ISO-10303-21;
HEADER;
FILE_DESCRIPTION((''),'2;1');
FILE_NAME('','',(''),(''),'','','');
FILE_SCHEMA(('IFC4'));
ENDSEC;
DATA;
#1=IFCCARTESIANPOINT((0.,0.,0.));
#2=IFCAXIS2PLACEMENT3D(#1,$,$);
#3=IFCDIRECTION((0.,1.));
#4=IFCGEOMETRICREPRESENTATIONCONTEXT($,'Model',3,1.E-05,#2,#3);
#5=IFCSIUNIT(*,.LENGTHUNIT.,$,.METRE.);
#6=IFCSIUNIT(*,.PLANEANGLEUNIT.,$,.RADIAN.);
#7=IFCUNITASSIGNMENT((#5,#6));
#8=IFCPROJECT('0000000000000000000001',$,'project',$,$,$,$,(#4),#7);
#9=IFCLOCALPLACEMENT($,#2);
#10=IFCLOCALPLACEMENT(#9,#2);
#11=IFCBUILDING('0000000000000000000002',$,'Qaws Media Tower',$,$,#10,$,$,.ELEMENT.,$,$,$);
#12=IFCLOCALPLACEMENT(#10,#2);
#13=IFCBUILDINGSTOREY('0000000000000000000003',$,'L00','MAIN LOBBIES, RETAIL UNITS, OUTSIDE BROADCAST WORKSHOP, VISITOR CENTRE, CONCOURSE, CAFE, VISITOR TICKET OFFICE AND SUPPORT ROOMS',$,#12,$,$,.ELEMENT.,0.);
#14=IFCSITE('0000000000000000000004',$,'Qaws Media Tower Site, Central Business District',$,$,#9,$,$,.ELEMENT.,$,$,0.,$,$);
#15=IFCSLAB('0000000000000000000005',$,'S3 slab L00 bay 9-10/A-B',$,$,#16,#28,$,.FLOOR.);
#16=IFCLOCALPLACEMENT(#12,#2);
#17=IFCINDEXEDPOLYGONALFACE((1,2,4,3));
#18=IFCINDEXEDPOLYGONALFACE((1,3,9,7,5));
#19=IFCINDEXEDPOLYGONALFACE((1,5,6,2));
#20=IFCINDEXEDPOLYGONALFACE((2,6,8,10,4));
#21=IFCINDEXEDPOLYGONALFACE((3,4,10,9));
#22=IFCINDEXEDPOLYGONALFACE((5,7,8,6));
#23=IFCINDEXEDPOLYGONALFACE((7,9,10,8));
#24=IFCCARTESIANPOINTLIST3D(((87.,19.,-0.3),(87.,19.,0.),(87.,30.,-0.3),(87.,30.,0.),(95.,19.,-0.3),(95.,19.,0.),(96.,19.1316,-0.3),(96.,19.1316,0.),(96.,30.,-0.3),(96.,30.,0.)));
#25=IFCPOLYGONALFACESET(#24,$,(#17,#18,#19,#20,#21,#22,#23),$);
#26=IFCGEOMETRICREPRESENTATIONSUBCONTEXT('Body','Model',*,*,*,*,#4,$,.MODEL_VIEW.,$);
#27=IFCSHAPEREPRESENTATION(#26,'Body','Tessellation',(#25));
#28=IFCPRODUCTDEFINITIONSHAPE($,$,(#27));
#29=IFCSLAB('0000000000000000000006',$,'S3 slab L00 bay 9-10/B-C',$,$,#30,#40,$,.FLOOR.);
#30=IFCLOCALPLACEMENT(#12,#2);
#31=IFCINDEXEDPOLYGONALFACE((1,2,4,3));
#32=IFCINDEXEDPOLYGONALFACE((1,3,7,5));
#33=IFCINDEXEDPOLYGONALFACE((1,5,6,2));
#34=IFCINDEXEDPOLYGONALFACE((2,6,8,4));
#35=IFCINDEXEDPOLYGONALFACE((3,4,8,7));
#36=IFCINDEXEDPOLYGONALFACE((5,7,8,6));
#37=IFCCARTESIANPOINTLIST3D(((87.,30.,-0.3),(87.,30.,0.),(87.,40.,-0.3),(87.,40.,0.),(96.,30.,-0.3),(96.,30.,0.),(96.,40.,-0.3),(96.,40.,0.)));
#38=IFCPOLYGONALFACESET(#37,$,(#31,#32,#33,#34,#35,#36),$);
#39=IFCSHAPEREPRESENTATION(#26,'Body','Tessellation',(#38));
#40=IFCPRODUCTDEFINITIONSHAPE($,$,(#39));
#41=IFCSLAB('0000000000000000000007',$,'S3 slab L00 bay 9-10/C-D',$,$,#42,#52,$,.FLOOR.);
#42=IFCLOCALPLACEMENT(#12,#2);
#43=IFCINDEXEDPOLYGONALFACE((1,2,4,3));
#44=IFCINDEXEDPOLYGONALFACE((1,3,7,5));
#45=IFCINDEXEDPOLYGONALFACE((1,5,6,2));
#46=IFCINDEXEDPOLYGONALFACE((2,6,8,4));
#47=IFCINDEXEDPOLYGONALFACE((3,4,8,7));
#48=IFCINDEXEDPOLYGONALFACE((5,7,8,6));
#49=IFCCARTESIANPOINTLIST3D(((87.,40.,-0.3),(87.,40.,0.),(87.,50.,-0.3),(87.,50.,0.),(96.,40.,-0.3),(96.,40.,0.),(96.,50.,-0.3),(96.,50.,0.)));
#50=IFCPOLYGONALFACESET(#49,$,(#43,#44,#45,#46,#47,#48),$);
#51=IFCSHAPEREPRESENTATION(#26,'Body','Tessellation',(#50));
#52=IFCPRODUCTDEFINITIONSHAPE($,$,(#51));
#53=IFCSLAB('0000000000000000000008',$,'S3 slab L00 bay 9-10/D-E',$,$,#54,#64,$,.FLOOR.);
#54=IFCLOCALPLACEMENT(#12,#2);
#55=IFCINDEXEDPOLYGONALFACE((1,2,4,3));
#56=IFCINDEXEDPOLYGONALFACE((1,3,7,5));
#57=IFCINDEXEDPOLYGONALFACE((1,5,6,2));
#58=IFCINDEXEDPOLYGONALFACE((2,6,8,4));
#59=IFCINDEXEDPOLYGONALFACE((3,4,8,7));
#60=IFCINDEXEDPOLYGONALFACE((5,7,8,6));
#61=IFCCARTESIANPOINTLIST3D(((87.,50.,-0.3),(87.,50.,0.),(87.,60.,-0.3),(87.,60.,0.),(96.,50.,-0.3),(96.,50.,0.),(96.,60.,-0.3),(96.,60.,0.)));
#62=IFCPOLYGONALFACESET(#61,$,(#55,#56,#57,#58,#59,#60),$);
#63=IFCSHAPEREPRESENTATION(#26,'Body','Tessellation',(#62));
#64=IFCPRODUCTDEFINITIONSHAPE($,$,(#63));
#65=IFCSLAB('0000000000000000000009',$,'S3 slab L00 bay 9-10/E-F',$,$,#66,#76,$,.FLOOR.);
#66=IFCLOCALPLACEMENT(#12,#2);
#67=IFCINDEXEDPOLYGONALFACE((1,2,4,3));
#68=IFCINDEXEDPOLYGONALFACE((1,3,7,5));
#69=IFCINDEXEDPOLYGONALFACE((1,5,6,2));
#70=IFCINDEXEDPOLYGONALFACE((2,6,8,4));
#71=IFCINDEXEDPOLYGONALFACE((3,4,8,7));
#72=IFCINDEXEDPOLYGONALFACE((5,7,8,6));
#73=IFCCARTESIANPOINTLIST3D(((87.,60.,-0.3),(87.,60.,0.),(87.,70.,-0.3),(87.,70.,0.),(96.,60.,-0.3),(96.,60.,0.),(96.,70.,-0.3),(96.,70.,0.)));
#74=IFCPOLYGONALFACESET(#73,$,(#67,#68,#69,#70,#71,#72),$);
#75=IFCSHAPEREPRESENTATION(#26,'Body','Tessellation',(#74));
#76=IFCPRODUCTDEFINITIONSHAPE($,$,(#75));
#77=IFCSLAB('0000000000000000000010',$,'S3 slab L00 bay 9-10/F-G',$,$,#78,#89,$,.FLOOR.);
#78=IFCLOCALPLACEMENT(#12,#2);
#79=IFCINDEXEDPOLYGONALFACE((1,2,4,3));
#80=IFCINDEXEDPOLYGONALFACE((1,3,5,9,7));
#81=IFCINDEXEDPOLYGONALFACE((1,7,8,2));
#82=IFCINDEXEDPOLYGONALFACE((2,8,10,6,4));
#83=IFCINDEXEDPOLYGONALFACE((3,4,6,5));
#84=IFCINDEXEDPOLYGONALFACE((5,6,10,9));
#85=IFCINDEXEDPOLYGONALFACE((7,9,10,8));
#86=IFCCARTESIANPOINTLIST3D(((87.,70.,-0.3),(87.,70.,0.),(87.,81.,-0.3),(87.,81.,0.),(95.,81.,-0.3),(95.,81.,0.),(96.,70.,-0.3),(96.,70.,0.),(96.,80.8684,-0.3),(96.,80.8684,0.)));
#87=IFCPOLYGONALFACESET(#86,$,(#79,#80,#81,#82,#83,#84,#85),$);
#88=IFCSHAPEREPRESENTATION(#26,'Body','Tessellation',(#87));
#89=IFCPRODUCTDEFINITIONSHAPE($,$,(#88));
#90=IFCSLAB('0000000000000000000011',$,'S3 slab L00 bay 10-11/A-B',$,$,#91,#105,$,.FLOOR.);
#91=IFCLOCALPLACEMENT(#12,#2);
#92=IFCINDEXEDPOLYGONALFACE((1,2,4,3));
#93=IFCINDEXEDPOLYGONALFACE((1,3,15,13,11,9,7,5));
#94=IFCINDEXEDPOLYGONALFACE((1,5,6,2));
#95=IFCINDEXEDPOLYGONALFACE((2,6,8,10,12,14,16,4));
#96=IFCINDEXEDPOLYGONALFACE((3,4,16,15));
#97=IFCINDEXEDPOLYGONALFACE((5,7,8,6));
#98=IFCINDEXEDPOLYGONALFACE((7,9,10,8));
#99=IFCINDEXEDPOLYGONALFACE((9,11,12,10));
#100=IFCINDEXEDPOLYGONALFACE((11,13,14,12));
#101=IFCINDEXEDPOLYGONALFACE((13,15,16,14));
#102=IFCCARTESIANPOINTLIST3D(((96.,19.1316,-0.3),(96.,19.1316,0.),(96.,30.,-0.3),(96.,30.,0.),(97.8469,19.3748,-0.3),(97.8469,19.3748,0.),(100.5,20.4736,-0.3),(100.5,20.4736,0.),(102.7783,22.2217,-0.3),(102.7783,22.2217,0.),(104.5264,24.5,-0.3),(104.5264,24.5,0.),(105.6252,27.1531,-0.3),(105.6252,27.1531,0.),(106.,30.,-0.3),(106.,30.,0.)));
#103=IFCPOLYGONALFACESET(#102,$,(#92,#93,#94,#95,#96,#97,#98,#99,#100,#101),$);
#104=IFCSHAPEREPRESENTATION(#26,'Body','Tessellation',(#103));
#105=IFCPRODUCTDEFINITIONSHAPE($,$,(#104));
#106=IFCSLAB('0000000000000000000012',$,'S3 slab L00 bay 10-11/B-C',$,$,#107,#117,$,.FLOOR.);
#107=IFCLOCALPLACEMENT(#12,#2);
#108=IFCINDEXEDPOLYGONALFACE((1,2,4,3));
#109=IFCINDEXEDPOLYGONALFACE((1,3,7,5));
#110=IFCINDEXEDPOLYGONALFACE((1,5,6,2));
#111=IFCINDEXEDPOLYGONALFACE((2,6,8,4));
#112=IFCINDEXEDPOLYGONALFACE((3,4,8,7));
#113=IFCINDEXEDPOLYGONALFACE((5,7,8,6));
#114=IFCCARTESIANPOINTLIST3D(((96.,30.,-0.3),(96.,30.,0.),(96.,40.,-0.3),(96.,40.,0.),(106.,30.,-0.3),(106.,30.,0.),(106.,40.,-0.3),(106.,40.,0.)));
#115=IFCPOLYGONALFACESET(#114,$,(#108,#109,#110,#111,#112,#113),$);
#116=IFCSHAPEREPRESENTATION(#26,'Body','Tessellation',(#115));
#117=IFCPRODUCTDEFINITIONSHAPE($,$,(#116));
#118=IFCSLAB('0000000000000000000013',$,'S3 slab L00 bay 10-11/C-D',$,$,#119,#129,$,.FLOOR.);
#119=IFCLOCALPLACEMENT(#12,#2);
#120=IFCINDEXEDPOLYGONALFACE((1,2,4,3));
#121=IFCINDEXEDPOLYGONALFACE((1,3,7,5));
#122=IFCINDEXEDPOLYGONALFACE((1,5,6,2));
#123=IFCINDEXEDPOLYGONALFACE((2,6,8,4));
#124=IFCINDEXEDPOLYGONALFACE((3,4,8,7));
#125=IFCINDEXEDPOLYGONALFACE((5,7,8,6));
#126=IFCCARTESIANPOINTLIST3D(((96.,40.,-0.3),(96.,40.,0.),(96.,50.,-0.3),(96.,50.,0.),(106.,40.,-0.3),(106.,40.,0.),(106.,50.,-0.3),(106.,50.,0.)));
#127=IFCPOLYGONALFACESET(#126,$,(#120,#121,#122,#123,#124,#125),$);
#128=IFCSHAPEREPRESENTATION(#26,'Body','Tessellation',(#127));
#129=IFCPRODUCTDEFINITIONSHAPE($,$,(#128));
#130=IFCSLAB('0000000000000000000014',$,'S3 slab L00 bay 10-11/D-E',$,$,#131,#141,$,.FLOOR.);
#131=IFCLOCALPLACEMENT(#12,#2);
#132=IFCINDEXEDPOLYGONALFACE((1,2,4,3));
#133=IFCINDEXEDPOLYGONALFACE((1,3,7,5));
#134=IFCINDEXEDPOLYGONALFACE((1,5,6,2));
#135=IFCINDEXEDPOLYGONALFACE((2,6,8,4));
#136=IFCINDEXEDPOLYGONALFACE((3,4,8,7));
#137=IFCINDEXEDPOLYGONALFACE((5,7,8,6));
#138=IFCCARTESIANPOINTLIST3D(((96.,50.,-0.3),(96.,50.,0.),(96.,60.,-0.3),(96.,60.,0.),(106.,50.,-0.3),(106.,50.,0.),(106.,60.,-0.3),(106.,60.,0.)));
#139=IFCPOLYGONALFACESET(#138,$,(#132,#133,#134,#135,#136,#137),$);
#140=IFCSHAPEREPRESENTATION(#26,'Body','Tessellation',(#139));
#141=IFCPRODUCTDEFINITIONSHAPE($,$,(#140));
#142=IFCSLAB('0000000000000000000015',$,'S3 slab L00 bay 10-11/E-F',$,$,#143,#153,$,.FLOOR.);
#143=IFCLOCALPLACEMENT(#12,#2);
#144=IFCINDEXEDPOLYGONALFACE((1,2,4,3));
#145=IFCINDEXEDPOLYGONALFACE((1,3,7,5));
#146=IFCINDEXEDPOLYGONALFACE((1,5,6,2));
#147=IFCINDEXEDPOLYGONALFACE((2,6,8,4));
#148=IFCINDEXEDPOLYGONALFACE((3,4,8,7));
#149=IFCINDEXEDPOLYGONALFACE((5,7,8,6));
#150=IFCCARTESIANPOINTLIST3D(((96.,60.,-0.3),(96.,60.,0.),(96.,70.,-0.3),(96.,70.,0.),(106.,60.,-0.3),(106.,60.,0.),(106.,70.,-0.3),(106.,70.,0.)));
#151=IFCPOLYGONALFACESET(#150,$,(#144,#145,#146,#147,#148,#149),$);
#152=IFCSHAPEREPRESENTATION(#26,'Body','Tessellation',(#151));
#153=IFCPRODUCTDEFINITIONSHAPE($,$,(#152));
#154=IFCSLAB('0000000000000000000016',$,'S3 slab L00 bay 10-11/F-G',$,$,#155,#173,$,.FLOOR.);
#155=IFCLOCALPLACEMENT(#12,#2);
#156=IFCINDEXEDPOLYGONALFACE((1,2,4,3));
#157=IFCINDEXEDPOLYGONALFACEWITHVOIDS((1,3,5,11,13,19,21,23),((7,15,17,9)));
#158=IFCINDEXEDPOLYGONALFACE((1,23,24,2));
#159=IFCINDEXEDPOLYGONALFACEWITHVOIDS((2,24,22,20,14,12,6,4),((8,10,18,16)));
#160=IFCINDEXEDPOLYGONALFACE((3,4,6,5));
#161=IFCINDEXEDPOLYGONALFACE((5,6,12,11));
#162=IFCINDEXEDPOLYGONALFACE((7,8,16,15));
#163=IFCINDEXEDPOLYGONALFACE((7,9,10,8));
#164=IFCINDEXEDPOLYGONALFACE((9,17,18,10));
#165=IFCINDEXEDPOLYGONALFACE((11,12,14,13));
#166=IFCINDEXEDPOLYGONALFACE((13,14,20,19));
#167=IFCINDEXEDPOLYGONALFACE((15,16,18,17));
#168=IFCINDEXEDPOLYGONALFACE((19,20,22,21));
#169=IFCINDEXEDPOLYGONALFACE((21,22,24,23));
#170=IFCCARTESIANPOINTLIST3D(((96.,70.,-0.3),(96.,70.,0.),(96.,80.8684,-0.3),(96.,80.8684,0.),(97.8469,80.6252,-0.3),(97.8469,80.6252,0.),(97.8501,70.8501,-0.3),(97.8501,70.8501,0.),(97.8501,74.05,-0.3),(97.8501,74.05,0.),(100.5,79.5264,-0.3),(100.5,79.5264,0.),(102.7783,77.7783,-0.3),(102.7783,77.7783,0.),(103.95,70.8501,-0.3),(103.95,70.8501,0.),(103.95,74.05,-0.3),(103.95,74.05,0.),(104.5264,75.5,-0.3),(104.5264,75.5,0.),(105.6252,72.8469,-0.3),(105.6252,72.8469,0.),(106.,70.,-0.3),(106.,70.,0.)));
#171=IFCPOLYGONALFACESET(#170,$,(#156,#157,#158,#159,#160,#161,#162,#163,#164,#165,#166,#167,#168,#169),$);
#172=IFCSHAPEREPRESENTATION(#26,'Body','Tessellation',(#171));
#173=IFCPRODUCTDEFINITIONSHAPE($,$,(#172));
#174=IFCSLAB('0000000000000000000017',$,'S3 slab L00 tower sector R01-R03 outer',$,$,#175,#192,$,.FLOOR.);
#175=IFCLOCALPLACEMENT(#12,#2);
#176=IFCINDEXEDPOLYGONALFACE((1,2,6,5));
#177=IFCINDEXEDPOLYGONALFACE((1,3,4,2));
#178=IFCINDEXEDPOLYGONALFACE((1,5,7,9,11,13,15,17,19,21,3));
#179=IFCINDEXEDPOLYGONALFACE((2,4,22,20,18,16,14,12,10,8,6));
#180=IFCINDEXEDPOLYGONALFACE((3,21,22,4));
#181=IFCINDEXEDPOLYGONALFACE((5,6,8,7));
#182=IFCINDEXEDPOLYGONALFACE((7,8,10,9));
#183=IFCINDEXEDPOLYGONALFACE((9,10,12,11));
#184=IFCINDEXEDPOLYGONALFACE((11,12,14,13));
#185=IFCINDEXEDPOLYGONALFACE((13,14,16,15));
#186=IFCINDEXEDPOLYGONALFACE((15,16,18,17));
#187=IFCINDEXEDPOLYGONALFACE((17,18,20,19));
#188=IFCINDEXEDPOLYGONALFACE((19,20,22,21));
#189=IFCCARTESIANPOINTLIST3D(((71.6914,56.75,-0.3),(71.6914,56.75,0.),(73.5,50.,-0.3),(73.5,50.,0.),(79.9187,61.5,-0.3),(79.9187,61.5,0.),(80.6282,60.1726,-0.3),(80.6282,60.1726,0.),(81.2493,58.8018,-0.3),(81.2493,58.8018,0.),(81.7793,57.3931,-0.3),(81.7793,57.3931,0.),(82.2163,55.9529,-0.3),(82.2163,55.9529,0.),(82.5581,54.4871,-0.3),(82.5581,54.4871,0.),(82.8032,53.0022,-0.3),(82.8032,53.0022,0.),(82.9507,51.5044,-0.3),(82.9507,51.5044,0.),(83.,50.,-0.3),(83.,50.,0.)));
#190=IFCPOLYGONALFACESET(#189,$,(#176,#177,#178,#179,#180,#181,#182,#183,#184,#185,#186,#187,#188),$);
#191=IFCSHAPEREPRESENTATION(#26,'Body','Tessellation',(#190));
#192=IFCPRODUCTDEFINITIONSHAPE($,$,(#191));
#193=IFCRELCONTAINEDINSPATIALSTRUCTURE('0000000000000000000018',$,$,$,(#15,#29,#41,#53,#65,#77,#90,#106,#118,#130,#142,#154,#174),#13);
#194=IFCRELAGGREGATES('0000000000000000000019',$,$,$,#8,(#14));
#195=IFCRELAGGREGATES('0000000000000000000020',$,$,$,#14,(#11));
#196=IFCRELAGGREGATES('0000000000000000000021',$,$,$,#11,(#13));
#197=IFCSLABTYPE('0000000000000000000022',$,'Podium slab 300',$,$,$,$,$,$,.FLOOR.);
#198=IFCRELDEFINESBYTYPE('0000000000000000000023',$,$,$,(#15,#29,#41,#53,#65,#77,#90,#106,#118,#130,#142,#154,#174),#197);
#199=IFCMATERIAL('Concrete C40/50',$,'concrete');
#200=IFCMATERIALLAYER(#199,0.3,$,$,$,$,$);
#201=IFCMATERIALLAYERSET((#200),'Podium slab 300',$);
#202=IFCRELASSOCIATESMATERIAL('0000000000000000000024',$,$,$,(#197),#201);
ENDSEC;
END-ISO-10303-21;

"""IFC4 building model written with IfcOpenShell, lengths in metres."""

from ifc_helpers import new_model, si_unit, direction, frame, origin, place, context, subcontext, project, spatial, polyline, outline, extrude, material, layer, layer_set, type_object, element, save


model = new_model("IFC4")

# Units and contexts
model_context = context("Model", 3, precision=1e-05, world=origin(), true_north=direction((0.0, 1.0)))
body_context = subcontext(model_context, "Body", "Model", "MODEL_VIEW")
ifc_project = project(units=[si_unit("LENGTHUNIT", "METRE"), si_unit("PLANEANGLEUNIT", "RADIAN")], contexts=[model_context])

# Site, building, storey
site_placement = place(None, origin())
site = spatial("IfcSite", under=ifc_project, at=site_placement, Name="Qaws Media Tower Site, Central Business District", CompositionType="ELEMENT", RefElevation=0.0)
building_placement = place(site_placement, origin())
building = spatial("IfcBuilding", under=site, at=building_placement, Name="Qaws Media Tower", CompositionType="ELEMENT")
storey_placement = place(building_placement, origin())
storey = spatial("IfcBuildingStorey", under=building, at=storey_placement, Name="L00", Description="MAIN LOBBIES, RETAIL UNITS, OUTSIDE BROADCAST WORKSHOP, VISITOR CENTRE, CONCOURSE, CAFE, VISITOR TICKET OFFICE AND SUPPORT ROOMS", CompositionType="ELEMENT", Elevation=0.0)

# Slabs
ifc_material = material(Name="Concrete C40/50", Category="concrete")
ifc_layer = layer(ifc_material, 0.3)
ifc_layer_set = layer_set([ifc_layer], Name="Podium slab 300")
slab_type = type_object("IfcSlabType", Name="Podium slab 300", PredefinedType="FLOOR", material=ifc_layer_set)
slab_1_placement = place(storey_placement, frame((0.0, 0.0, -0.3)))
element("IfcSlab", 1, at=slab_1_placement, inside=storey, type_object=slab_type, Name="S3 slab L00 bay 9-10/A-B", PredefinedType="FLOOR", context=body_context, shape_type="SweptSolid", body=[
    extrude(outline(polyline([(95.0, 19.0), (87.0, 19.0), (87.0, 30.0), (96.0, 30.0), (96.0, 19.1316), (95.0, 19.0)])), origin(), (0.0, 0.0, 1.0), 0.3),
])
slab_2_placement = place(storey_placement, frame((0.0, 0.0, -0.3)))
element("IfcSlab", 2, at=slab_2_placement, inside=storey, type_object=slab_type, Name="S3 slab L00 bay 9-10/B-C", PredefinedType="FLOOR", context=body_context, shape_type="SweptSolid", body=[
    extrude(outline(polyline([(87.0, 30.0), (87.0, 40.0), (96.0, 40.0), (96.0, 30.0), (87.0, 30.0)])), origin(), (0.0, 0.0, 1.0), 0.3),
])
slab_3_placement = place(storey_placement, frame((0.0, 0.0, -0.3)))
element("IfcSlab", 3, at=slab_3_placement, inside=storey, type_object=slab_type, Name="S3 slab L00 bay 9-10/C-D", PredefinedType="FLOOR", context=body_context, shape_type="SweptSolid", body=[
    extrude(outline(polyline([(87.0, 40.0), (87.0, 50.0), (96.0, 50.0), (96.0, 40.0), (87.0, 40.0)])), origin(), (0.0, 0.0, 1.0), 0.3),
])
slab_4_placement = place(storey_placement, frame((0.0, 0.0, -0.3)))
element("IfcSlab", 4, at=slab_4_placement, inside=storey, type_object=slab_type, Name="S3 slab L00 bay 9-10/D-E", PredefinedType="FLOOR", context=body_context, shape_type="SweptSolid", body=[
    extrude(outline(polyline([(87.0, 50.0), (87.0, 60.0), (96.0, 60.0), (96.0, 50.0), (87.0, 50.0)])), origin(), (0.0, 0.0, 1.0), 0.3),
])
slab_5_placement = place(storey_placement, frame((0.0, 0.0, -0.3)))
element("IfcSlab", 5, at=slab_5_placement, inside=storey, type_object=slab_type, Name="S3 slab L00 bay 9-10/E-F", PredefinedType="FLOOR", context=body_context, shape_type="SweptSolid", body=[
    extrude(outline(polyline([(87.0, 60.0), (87.0, 70.0), (96.0, 70.0), (96.0, 60.0), (87.0, 60.0)])), origin(), (0.0, 0.0, 1.0), 0.3),
])
slab_6_placement = place(storey_placement, frame((0.0, 0.0, -0.3)))
element("IfcSlab", 6, at=slab_6_placement, inside=storey, type_object=slab_type, Name="S3 slab L00 bay 9-10/F-G", PredefinedType="FLOOR", context=body_context, shape_type="SweptSolid", body=[
    extrude(outline(polyline([(95.0, 81.0), (96.0, 80.8684), (96.0, 70.0), (87.0, 70.0), (87.0, 81.0), (95.0, 81.0)])), origin(), (0.0, 0.0, 1.0), 0.3),
])
slab_7_placement = place(storey_placement, frame((0.0, 0.0, -0.3)))
element("IfcSlab", 7, at=slab_7_placement, inside=storey, type_object=slab_type, Name="S3 slab L00 bay 10-11/A-B", PredefinedType="FLOOR", context=body_context, shape_type="SweptSolid", body=[
    extrude(outline(polyline([(105.6252, 27.1531), (104.5264, 24.5), (102.7783, 22.2217), (100.5, 20.4736), (97.8469, 19.3748), (96.0, 19.1316), (96.0, 30.0), (106.0, 30.0), (105.6252, 27.1531)])), origin(), (0.0, 0.0, 1.0), 0.3),
])
slab_8_placement = place(storey_placement, frame((0.0, 0.0, -0.3)))
element("IfcSlab", 8, at=slab_8_placement, inside=storey, type_object=slab_type, Name="S3 slab L00 bay 10-11/B-C", PredefinedType="FLOOR", context=body_context, shape_type="SweptSolid", body=[
    extrude(outline(polyline([(106.0, 30.0), (96.0, 30.0), (96.0, 40.0), (106.0, 40.0), (106.0, 30.0)])), origin(), (0.0, 0.0, 1.0), 0.3),
])
slab_9_placement = place(storey_placement, frame((0.0, 0.0, -0.3)))
element("IfcSlab", 9, at=slab_9_placement, inside=storey, type_object=slab_type, Name="S3 slab L00 bay 10-11/C-D", PredefinedType="FLOOR", context=body_context, shape_type="SweptSolid", body=[
    extrude(outline(polyline([(106.0, 40.0), (96.0, 40.0), (96.0, 50.0), (106.0, 50.0), (106.0, 40.0)])), origin(), (0.0, 0.0, 1.0), 0.3),
])
slab_10_placement = place(storey_placement, frame((0.0, 0.0, -0.3)))
element("IfcSlab", 10, at=slab_10_placement, inside=storey, type_object=slab_type, Name="S3 slab L00 bay 10-11/D-E", PredefinedType="FLOOR", context=body_context, shape_type="SweptSolid", body=[
    extrude(outline(polyline([(106.0, 50.0), (96.0, 50.0), (96.0, 60.0), (106.0, 60.0), (106.0, 50.0)])), origin(), (0.0, 0.0, 1.0), 0.3),
])
slab_11_placement = place(storey_placement, frame((0.0, 0.0, -0.3)))
element("IfcSlab", 11, at=slab_11_placement, inside=storey, type_object=slab_type, Name="S3 slab L00 bay 10-11/E-F", PredefinedType="FLOOR", context=body_context, shape_type="SweptSolid", body=[
    extrude(outline(polyline([(106.0, 60.0), (96.0, 60.0), (96.0, 70.0), (106.0, 70.0), (106.0, 60.0)])), origin(), (0.0, 0.0, 1.0), 0.3),
])
slab_12_placement = place(storey_placement, frame((0.0, 0.0, -0.3)))
element("IfcSlab", 12, at=slab_12_placement, inside=storey, type_object=slab_type, Name="S3 slab L00 bay 10-11/F-G", PredefinedType="FLOOR", context=body_context, shape_type="SweptSolid", body=[
    extrude(outline(polyline([(97.8469, 80.6252), (100.5, 79.5264), (102.7783, 77.7783), (104.5264, 75.5), (105.6252, 72.8469), (106.0, 70.0), (96.0, 70.0), (96.0, 80.8684), (97.8469, 80.6252)]), holes=[polyline([(97.8501, 74.05), (97.8501, 70.8501), (103.95, 70.8501), (103.95, 74.05), (97.8501, 74.05)])]), origin(), (0.0, 0.0, 1.0), 0.3),
])
slab_13_placement = place(storey_placement, frame((0.0, 0.0, -0.3)))
element("IfcSlab", 13, at=slab_13_placement, inside=storey, type_object=slab_type, Name="S3 slab L00 tower sector R01-R03 outer", PredefinedType="FLOOR", context=body_context, shape_type="SweptSolid", body=[
    extrude(outline(polyline([(82.8032, 53.0022), (82.9507, 51.5044), (83.0, 50.0), (73.5, 50.0), (71.6914, 56.75), (79.9187, 61.5), (80.6282, 60.1726), (81.2493, 58.8018), (81.7793, 57.3931), (82.2163, 55.9529), (82.5581, 54.4871), (82.8032, 53.0022)])), origin(), (0.0, 0.0, 1.0), 0.3),
])

save(model, "model.ifc")
